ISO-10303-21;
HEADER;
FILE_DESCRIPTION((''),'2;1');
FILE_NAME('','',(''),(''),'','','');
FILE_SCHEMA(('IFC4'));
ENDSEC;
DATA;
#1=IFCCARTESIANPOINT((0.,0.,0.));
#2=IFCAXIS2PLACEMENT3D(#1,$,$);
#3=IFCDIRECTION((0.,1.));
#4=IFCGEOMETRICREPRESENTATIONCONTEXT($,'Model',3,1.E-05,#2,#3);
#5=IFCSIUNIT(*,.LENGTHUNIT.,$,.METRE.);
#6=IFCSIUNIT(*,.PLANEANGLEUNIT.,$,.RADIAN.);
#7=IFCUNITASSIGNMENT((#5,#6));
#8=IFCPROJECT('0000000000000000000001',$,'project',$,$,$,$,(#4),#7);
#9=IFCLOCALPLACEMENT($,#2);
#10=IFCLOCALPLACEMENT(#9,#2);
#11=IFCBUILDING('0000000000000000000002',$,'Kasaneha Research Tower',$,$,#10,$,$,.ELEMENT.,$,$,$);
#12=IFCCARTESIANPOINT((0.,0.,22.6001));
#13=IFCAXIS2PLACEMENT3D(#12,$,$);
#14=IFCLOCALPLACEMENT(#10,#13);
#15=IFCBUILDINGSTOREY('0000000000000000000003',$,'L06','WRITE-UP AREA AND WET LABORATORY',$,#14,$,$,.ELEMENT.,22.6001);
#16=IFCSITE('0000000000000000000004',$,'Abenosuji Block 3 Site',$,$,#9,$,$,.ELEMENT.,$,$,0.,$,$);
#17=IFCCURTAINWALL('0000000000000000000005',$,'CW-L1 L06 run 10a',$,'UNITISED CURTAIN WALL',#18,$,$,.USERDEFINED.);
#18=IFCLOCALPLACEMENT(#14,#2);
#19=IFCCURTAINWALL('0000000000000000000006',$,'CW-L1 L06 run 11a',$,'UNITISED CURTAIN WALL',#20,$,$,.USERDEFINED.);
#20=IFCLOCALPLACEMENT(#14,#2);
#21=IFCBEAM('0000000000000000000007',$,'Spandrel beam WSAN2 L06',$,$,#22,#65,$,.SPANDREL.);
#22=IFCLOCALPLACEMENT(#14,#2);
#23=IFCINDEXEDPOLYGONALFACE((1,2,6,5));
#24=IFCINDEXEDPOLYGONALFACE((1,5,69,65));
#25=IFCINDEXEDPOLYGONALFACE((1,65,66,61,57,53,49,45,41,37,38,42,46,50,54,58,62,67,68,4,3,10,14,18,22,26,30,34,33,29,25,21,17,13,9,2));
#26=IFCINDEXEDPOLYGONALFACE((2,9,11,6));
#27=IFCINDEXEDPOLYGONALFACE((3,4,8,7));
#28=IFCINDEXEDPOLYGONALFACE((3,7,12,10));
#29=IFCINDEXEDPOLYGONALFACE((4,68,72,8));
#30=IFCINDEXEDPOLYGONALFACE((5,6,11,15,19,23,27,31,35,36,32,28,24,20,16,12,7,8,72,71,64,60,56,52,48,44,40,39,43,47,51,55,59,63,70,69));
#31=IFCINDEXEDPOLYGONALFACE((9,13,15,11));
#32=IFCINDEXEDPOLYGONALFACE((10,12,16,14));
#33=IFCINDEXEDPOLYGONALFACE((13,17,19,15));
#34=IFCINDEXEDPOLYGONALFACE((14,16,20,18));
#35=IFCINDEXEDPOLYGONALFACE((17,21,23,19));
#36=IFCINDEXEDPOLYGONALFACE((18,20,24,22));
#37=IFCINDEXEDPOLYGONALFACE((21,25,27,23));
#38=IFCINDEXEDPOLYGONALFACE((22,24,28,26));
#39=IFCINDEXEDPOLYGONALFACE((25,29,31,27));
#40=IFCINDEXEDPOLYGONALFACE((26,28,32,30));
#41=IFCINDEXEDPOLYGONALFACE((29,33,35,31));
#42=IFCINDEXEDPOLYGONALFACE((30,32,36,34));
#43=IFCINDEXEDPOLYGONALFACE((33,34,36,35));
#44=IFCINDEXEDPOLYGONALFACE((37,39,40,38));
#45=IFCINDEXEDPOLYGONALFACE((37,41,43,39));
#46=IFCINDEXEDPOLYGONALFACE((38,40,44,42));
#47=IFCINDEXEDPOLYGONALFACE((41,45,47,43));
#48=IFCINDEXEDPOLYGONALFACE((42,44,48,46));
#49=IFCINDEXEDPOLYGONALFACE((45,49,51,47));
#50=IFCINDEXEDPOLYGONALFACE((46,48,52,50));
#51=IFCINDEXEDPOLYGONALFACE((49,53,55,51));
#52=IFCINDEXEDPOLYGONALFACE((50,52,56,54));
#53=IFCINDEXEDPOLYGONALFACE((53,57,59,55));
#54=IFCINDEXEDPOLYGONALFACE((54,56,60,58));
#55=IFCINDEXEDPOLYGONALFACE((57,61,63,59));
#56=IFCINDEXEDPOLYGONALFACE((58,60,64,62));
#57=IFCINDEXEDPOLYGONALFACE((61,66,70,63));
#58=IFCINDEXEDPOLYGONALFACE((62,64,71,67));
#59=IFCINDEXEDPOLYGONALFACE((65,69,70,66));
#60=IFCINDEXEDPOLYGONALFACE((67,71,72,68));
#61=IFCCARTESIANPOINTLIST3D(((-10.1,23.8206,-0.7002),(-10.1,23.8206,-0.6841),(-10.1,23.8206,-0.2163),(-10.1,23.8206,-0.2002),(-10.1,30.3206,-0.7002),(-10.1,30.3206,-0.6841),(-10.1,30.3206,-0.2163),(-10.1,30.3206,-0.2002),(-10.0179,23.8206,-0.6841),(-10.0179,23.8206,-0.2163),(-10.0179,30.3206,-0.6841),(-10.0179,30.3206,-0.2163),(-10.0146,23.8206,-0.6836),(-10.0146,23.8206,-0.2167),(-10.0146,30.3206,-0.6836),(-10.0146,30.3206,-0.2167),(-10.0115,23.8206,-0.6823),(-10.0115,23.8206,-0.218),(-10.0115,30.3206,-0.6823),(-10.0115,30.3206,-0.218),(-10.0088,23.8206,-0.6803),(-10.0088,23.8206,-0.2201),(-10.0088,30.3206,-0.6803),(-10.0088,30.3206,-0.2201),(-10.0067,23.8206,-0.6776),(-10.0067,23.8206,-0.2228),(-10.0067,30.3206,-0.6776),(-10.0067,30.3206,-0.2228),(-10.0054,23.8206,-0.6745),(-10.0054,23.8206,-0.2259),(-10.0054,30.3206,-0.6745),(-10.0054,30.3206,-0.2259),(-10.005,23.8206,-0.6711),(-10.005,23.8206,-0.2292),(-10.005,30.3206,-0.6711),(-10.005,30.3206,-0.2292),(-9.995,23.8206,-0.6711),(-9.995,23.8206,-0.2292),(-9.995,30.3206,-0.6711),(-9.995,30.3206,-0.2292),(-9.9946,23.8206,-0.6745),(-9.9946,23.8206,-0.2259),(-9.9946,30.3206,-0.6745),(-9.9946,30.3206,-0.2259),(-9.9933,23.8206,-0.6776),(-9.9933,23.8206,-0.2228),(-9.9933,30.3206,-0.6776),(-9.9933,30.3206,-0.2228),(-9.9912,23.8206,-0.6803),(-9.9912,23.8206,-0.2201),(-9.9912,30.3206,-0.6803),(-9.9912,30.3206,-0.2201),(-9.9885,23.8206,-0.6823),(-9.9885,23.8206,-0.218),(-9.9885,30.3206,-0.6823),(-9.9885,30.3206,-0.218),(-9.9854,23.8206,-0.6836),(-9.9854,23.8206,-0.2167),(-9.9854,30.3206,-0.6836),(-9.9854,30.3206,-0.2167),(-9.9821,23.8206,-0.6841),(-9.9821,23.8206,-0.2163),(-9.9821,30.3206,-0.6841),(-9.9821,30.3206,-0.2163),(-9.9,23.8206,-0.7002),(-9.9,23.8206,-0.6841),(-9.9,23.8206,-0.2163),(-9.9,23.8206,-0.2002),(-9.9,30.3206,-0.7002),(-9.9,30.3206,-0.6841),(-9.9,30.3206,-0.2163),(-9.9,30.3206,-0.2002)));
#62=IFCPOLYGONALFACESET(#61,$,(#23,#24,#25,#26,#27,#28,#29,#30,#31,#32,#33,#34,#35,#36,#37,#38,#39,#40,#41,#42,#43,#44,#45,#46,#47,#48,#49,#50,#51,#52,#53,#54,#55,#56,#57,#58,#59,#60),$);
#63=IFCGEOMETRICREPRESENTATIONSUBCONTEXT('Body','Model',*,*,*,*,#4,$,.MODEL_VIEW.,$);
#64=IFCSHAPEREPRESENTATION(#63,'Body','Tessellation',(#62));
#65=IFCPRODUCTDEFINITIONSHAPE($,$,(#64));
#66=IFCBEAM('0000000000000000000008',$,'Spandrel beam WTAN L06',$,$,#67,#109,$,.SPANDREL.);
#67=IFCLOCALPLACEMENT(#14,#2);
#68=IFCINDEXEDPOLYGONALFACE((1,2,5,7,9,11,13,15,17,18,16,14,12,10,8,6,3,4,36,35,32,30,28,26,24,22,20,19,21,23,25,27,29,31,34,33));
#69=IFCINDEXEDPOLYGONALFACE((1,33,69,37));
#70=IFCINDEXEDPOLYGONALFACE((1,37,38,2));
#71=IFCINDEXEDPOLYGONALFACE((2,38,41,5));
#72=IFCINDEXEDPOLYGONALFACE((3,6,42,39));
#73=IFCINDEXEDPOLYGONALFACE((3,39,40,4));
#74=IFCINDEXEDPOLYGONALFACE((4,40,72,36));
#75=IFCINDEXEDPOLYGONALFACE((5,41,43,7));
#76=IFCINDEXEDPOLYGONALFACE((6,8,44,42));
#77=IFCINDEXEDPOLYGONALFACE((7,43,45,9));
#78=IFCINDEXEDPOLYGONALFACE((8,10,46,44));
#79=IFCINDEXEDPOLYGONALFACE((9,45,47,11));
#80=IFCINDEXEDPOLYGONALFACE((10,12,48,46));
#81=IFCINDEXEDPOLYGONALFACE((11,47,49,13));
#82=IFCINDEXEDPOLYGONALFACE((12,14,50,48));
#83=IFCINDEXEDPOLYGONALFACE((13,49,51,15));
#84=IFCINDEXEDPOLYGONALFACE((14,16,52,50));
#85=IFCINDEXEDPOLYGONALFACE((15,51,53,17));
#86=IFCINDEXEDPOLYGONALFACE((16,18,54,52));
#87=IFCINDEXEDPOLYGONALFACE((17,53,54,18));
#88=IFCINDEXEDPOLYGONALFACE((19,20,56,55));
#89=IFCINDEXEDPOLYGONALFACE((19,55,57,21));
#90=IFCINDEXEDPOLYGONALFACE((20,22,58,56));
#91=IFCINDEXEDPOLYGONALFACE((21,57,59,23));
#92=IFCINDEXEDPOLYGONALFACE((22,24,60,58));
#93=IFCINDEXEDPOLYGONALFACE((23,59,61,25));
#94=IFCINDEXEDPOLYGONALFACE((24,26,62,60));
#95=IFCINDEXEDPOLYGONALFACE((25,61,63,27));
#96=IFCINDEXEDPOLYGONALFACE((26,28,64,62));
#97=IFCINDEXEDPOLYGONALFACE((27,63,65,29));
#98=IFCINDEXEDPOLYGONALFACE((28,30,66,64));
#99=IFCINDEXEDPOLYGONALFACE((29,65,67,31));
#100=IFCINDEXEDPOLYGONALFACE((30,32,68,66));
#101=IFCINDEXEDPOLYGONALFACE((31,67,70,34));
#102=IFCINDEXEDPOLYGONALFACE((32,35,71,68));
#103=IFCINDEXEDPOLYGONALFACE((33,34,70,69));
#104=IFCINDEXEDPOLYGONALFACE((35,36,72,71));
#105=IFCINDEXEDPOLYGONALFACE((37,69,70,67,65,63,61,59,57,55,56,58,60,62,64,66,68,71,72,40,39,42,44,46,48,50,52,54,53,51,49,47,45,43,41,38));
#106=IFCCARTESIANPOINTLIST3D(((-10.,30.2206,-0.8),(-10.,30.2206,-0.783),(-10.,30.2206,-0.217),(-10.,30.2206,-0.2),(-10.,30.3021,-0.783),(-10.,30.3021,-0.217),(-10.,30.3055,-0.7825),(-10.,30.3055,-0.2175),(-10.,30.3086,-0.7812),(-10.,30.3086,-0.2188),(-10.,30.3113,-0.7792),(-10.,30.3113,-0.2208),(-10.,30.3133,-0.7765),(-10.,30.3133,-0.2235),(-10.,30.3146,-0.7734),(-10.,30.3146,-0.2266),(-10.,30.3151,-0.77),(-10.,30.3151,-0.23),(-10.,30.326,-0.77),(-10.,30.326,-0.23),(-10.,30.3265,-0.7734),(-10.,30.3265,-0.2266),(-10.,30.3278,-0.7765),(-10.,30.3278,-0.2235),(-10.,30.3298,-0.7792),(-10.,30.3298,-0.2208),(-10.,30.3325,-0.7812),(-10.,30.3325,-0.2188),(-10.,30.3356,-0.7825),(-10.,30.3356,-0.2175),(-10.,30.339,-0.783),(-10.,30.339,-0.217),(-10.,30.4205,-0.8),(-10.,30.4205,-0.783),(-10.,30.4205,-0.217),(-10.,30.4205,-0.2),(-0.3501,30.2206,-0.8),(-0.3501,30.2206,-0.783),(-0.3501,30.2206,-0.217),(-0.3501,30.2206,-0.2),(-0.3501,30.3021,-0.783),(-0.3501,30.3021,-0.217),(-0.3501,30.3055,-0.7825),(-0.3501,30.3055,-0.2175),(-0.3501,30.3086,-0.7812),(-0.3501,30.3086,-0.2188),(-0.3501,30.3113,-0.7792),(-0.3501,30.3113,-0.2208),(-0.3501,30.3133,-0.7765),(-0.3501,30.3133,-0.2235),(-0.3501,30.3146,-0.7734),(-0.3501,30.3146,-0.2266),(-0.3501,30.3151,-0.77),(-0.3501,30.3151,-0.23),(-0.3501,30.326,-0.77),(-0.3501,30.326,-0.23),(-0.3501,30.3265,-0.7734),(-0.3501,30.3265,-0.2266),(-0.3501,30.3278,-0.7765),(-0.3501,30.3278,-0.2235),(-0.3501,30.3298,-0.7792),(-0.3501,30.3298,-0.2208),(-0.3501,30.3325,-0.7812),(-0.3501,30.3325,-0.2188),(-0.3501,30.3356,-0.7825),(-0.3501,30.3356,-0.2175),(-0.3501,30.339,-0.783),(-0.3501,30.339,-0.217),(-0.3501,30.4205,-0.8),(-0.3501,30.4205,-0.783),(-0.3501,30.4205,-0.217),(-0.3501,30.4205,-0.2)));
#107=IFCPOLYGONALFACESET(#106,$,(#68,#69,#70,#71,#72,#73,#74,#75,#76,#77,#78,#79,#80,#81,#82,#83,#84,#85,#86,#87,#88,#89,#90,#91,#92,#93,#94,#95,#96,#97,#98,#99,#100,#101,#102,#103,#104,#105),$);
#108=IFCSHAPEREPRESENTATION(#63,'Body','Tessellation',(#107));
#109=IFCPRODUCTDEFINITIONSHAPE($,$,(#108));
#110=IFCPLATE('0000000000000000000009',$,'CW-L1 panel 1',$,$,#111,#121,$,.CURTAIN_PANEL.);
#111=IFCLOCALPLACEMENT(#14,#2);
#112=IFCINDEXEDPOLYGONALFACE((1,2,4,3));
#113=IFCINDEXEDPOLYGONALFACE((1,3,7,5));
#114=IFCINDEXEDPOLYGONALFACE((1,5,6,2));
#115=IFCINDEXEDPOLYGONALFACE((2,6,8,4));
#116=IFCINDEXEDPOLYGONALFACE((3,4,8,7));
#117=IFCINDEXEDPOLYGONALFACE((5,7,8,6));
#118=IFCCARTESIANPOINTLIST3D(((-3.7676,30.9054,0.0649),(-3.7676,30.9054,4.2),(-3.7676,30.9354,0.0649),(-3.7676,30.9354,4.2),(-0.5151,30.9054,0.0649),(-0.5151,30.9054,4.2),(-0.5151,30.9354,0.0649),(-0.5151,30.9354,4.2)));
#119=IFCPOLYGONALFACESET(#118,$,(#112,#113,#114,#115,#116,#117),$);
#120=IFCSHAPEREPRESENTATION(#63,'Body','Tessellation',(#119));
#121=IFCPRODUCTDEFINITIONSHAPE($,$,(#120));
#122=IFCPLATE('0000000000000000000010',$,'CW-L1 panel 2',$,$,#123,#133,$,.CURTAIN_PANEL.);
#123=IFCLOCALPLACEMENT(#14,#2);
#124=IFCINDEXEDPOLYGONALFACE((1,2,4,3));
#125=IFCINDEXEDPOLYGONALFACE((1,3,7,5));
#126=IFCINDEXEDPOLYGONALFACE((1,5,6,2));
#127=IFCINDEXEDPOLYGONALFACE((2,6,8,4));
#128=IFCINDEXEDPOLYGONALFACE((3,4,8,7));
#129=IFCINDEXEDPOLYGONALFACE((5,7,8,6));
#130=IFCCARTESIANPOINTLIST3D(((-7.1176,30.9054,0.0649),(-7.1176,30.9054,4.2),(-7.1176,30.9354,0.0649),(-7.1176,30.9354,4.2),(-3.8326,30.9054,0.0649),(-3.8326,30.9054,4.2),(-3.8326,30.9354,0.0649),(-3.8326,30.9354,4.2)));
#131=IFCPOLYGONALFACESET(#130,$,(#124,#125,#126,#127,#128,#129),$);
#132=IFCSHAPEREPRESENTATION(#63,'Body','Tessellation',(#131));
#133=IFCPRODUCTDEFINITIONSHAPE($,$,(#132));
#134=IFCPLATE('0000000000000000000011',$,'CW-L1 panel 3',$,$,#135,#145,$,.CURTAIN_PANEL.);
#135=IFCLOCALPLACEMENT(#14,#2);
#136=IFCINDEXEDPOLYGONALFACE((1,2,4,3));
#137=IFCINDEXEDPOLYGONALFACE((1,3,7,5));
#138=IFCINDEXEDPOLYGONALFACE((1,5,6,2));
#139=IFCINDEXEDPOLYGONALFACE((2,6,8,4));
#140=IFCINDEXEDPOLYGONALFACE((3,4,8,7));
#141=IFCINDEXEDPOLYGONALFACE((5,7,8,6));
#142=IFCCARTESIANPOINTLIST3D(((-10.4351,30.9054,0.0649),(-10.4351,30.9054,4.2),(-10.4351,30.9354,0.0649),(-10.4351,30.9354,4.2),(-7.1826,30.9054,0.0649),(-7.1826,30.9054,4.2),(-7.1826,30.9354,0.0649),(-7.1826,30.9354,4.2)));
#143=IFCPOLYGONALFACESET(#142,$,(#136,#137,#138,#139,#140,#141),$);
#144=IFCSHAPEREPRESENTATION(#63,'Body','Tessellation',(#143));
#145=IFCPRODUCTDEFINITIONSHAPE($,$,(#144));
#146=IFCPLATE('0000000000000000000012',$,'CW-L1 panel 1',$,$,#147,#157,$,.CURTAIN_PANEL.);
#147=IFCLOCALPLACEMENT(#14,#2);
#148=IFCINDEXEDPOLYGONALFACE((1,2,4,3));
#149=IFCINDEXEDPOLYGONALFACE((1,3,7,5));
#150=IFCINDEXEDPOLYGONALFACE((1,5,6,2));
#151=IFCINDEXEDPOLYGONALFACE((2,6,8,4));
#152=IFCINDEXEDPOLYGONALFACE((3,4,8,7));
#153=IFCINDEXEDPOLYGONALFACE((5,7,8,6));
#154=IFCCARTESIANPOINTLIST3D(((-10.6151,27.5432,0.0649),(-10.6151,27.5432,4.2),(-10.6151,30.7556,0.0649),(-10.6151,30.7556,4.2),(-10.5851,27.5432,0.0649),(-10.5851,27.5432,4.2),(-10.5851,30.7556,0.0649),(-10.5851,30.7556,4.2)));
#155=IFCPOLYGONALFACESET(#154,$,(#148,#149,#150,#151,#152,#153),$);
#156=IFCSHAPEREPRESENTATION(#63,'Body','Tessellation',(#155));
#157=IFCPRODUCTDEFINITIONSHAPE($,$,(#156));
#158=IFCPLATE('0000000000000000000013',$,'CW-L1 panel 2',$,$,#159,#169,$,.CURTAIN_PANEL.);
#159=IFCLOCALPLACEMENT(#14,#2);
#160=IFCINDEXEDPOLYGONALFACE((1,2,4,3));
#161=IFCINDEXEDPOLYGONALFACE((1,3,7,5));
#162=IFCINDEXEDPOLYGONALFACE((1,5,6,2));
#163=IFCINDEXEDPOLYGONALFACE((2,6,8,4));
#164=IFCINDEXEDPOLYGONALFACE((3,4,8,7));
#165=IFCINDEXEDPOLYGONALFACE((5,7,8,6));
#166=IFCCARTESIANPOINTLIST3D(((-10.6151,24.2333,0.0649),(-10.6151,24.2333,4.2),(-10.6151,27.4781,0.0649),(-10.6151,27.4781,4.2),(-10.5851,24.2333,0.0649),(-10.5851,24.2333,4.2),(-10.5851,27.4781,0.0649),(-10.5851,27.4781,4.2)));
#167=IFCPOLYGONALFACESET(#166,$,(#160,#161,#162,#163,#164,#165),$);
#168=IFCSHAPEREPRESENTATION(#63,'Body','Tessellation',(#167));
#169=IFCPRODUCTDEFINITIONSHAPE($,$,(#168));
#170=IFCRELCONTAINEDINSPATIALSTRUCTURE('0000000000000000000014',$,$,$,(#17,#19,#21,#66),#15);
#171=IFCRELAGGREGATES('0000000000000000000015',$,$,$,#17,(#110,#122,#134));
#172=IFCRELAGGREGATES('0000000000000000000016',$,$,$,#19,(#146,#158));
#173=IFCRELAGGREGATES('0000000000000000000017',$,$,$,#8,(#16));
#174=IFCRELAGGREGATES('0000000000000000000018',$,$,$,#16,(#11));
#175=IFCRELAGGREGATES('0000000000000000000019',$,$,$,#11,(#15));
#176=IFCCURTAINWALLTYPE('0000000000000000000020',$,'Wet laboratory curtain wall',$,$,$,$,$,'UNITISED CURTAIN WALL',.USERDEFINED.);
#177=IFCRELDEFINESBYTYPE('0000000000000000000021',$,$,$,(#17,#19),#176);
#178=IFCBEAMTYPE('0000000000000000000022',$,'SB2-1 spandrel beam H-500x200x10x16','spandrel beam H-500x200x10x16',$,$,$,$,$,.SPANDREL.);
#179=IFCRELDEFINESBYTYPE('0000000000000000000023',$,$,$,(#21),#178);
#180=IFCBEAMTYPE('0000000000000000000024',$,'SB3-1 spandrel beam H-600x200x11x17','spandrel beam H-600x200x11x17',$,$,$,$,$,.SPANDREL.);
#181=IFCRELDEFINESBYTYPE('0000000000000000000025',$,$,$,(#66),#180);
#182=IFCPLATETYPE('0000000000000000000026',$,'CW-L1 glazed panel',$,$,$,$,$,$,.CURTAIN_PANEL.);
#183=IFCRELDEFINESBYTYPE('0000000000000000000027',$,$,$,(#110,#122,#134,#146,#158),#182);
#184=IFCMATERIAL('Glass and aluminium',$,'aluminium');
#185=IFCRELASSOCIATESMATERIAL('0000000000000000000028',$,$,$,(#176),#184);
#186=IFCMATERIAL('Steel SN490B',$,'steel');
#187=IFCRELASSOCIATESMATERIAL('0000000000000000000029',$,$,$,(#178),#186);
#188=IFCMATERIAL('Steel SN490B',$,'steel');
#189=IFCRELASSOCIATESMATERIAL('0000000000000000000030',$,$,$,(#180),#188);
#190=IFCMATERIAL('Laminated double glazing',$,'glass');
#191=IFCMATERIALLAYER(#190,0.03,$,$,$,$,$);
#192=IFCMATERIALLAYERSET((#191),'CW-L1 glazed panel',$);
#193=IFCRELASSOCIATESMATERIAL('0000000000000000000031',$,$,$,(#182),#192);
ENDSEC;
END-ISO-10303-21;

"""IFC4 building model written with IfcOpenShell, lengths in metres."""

from ifc_helpers import new_model, si_unit, direction, frame, origin, origin_2d, place, context, subcontext, project, spatial, rectangle, i_section, extrude, material, layer, layer_set, material_profile, profile_set, type_object, element, aggregate, save


model = new_model("IFC4")

# Units and contexts
model_context = context("Model", 3, precision=1e-05, world=origin(), true_north=direction((0.0, 1.0)))
body_context = subcontext(model_context, "Body", "Model", "MODEL_VIEW")
ifc_project = project(units=[si_unit("LENGTHUNIT", "METRE"), si_unit("PLANEANGLEUNIT", "RADIAN")], contexts=[model_context])

# Site, building, storey
site_placement = place(None, origin())
site = spatial("IfcSite", under=ifc_project, at=site_placement, Name="Abenosuji Block 3 Site", CompositionType="ELEMENT", RefElevation=0.0)
building_placement = place(site_placement, origin())
building = spatial("IfcBuilding", under=site, at=building_placement, Name="Kasaneha Research Tower", CompositionType="ELEMENT")
storey_placement = place(building_placement, frame((0.0, 0.0, 22.6001)))
storey = spatial("IfcBuildingStorey", under=building, at=storey_placement, Name="L06", Description="WRITE-UP AREA AND WET LABORATORY", CompositionType="ELEMENT", Elevation=22.6001)

# Curtain walls
ifc_material_1 = material(Name="Glass and aluminium", Category="aluminium")
curtain_wall_type = type_object("IfcCurtainWallType", Name="Wet laboratory curtain wall", ElementType="UNITISED CURTAIN WALL", PredefinedType="USERDEFINED", material=ifc_material_1)
curtain_wall_1_placement = place(storey_placement, origin())
curtain_wall_1 = element("IfcCurtainWall", 1, at=curtain_wall_1_placement, inside=storey, type_object=curtain_wall_type, Name="CW-L1 L06 run 10a", ObjectType="UNITISED CURTAIN WALL", PredefinedType="USERDEFINED")
curtain_wall_2_placement = place(storey_placement, origin())
curtain_wall_2 = element("IfcCurtainWall", 2, at=curtain_wall_2_placement, inside=storey, type_object=curtain_wall_type, Name="CW-L1 L06 run 11a", ObjectType="UNITISED CURTAIN WALL", PredefinedType="USERDEFINED")

# Beams
ifc_material_2 = material(Name="Steel SN490B", Category="steel")
ifc_material_profile_1 = material_profile(ifc_material_2, i_section(OverallWidth=0.2, OverallDepth=0.5, WebThickness=0.01, FlangeThickness=0.0161, FilletRadius=0.0129, at=origin_2d()), Name="H-500x200x10x16")
ifc_profile_set_1 = profile_set([ifc_material_profile_1], Name="Steel SN490B")
beam_type_1 = type_object("IfcBeamType", Name="SB2-1 spandrel beam H-500x200x10x16", Description="spandrel beam H-500x200x10x16", PredefinedType="SPANDREL", material=ifc_profile_set_1)
beam_1_placement = place(storey_placement, frame((-10.0, 23.8206, -0.4502), z_axis=(0.0, 1.0, 0.0), x_axis=(-1.0, 0.0, 0.0)))
element("IfcBeam", 3, at=beam_1_placement, inside=storey, type_object=beam_type_1, Name="Spandrel beam WSAN2 L06", PredefinedType="SPANDREL", context=body_context, shape_type="SweptSolid", body=[
    extrude(i_section(OverallWidth=0.2, OverallDepth=0.5, WebThickness=0.01, FlangeThickness=0.0161, FilletRadius=0.0129, at=origin_2d()), origin(), (0.0, 0.0, 1.0), 6.5),
])
ifc_material_3 = material(Name="Steel SN490B", Category="steel")
ifc_material_profile_2 = material_profile(ifc_material_3, i_section(OverallWidth=0.2, OverallDepth=0.6001, WebThickness=0.011, FlangeThickness=0.0171, FilletRadius=0.0129, at=origin_2d()), Name="H-600x200x11x17")
ifc_profile_set_2 = profile_set([ifc_material_profile_2], Name="Steel SN490B")
beam_type_2 = type_object("IfcBeamType", Name="SB3-1 spandrel beam H-600x200x11x17", Description="spandrel beam H-600x200x11x17", PredefinedType="SPANDREL", material=ifc_profile_set_2)
beam_2_placement = place(storey_placement, frame((-10.0, 30.3206, -0.5), z_axis=(1.0, 0.0, 0.0), x_axis=(0.0, 1.0, 0.0)))
element("IfcBeam", 4, at=beam_2_placement, inside=storey, type_object=beam_type_2, Name="Spandrel beam WTAN L06", PredefinedType="SPANDREL", context=body_context, shape_type="SweptSolid", body=[
    extrude(i_section(OverallWidth=0.2, OverallDepth=0.6001, WebThickness=0.011, FlangeThickness=0.0171, FilletRadius=0.0129, at=origin_2d()), origin(), (0.0, 0.0, 1.0), 9.6499),
])

# Plates
ifc_material_4 = material(Name="Laminated double glazing", Category="glass")
ifc_layer_1 = layer(ifc_material_4, 0.03)
ifc_layer_set_1 = layer_set([ifc_layer_1], Name="CW-L1 glazed panel")
plate_type = type_object("IfcPlateType", Name="CW-L1 glazed panel", PredefinedType="CURTAIN_PANEL", material=ifc_layer_set_1)
plate_1_placement = place(storey_placement, frame((-2.1414, 30.9204, 0.0649), z_axis=(0.0, 0.0, 1.0), x_axis=(-1.0, 0.0, 0.0)))
plate_1 = element("IfcPlate", 5, at=plate_1_placement, type_object=plate_type, Name="CW-L1 panel 1", PredefinedType="CURTAIN_PANEL", context=body_context, shape_type="SweptSolid", body=[
    extrude(rectangle(XDim=3.2524, YDim=0.03, at=origin_2d()), origin(), (0.0, 0.0, 1.0), 4.135),
])
plate_2_placement = place(storey_placement, frame((-5.4751, 30.9204, 0.0649), z_axis=(0.0, 0.0, 1.0), x_axis=(-1.0, 0.0, 0.0)))
plate_2 = element("IfcPlate", 6, at=plate_2_placement, type_object=plate_type, Name="CW-L1 panel 2", PredefinedType="CURTAIN_PANEL", context=body_context, shape_type="SweptSolid", body=[
    extrude(rectangle(XDim=3.2849, YDim=0.03, at=origin_2d()), origin(), (0.0, 0.0, 1.0), 4.135),
])
plate_3_placement = place(storey_placement, frame((-8.8088, 30.9204, 0.0649), z_axis=(0.0, 0.0, 1.0), x_axis=(-1.0, 0.0, 0.0)))
plate_3 = element("IfcPlate", 7, at=plate_3_placement, type_object=plate_type, Name="CW-L1 panel 3", PredefinedType="CURTAIN_PANEL", context=body_context, shape_type="SweptSolid", body=[
    extrude(rectangle(XDim=3.2524, YDim=0.03, at=origin_2d()), origin(), (0.0, 0.0, 1.0), 4.135),
])
aggregate(curtain_wall_1, [plate_1, plate_2, plate_3])
plate_4_placement = place(storey_placement, frame((-10.6001, 29.1494, 0.0649), z_axis=(0.0, 0.0, 1.0), x_axis=(0.0, -1.0, 0.0)))
plate_4 = element("IfcPlate", 8, at=plate_4_placement, type_object=plate_type, Name="CW-L1 panel 1", PredefinedType="CURTAIN_PANEL", context=body_context, shape_type="SweptSolid", body=[
    extrude(rectangle(XDim=3.2124, YDim=0.03, at=origin_2d()), origin(), (0.0, 0.0, 1.0), 4.135),
])
plate_5_placement = place(storey_placement, frame((-10.6001, 25.8557, 0.0649), z_axis=(0.0, 0.0, 1.0), x_axis=(0.0, -1.0, 0.0)))
plate_5 = element("IfcPlate", 9, at=plate_5_placement, type_object=plate_type, Name="CW-L1 panel 2", PredefinedType="CURTAIN_PANEL", context=body_context, shape_type="SweptSolid", body=[
    extrude(rectangle(XDim=3.2449, YDim=0.03, at=origin_2d()), origin(), (0.0, 0.0, 1.0), 4.135),
])
aggregate(curtain_wall_2, [plate_4, plate_5])

save(model, "model.ifc")
